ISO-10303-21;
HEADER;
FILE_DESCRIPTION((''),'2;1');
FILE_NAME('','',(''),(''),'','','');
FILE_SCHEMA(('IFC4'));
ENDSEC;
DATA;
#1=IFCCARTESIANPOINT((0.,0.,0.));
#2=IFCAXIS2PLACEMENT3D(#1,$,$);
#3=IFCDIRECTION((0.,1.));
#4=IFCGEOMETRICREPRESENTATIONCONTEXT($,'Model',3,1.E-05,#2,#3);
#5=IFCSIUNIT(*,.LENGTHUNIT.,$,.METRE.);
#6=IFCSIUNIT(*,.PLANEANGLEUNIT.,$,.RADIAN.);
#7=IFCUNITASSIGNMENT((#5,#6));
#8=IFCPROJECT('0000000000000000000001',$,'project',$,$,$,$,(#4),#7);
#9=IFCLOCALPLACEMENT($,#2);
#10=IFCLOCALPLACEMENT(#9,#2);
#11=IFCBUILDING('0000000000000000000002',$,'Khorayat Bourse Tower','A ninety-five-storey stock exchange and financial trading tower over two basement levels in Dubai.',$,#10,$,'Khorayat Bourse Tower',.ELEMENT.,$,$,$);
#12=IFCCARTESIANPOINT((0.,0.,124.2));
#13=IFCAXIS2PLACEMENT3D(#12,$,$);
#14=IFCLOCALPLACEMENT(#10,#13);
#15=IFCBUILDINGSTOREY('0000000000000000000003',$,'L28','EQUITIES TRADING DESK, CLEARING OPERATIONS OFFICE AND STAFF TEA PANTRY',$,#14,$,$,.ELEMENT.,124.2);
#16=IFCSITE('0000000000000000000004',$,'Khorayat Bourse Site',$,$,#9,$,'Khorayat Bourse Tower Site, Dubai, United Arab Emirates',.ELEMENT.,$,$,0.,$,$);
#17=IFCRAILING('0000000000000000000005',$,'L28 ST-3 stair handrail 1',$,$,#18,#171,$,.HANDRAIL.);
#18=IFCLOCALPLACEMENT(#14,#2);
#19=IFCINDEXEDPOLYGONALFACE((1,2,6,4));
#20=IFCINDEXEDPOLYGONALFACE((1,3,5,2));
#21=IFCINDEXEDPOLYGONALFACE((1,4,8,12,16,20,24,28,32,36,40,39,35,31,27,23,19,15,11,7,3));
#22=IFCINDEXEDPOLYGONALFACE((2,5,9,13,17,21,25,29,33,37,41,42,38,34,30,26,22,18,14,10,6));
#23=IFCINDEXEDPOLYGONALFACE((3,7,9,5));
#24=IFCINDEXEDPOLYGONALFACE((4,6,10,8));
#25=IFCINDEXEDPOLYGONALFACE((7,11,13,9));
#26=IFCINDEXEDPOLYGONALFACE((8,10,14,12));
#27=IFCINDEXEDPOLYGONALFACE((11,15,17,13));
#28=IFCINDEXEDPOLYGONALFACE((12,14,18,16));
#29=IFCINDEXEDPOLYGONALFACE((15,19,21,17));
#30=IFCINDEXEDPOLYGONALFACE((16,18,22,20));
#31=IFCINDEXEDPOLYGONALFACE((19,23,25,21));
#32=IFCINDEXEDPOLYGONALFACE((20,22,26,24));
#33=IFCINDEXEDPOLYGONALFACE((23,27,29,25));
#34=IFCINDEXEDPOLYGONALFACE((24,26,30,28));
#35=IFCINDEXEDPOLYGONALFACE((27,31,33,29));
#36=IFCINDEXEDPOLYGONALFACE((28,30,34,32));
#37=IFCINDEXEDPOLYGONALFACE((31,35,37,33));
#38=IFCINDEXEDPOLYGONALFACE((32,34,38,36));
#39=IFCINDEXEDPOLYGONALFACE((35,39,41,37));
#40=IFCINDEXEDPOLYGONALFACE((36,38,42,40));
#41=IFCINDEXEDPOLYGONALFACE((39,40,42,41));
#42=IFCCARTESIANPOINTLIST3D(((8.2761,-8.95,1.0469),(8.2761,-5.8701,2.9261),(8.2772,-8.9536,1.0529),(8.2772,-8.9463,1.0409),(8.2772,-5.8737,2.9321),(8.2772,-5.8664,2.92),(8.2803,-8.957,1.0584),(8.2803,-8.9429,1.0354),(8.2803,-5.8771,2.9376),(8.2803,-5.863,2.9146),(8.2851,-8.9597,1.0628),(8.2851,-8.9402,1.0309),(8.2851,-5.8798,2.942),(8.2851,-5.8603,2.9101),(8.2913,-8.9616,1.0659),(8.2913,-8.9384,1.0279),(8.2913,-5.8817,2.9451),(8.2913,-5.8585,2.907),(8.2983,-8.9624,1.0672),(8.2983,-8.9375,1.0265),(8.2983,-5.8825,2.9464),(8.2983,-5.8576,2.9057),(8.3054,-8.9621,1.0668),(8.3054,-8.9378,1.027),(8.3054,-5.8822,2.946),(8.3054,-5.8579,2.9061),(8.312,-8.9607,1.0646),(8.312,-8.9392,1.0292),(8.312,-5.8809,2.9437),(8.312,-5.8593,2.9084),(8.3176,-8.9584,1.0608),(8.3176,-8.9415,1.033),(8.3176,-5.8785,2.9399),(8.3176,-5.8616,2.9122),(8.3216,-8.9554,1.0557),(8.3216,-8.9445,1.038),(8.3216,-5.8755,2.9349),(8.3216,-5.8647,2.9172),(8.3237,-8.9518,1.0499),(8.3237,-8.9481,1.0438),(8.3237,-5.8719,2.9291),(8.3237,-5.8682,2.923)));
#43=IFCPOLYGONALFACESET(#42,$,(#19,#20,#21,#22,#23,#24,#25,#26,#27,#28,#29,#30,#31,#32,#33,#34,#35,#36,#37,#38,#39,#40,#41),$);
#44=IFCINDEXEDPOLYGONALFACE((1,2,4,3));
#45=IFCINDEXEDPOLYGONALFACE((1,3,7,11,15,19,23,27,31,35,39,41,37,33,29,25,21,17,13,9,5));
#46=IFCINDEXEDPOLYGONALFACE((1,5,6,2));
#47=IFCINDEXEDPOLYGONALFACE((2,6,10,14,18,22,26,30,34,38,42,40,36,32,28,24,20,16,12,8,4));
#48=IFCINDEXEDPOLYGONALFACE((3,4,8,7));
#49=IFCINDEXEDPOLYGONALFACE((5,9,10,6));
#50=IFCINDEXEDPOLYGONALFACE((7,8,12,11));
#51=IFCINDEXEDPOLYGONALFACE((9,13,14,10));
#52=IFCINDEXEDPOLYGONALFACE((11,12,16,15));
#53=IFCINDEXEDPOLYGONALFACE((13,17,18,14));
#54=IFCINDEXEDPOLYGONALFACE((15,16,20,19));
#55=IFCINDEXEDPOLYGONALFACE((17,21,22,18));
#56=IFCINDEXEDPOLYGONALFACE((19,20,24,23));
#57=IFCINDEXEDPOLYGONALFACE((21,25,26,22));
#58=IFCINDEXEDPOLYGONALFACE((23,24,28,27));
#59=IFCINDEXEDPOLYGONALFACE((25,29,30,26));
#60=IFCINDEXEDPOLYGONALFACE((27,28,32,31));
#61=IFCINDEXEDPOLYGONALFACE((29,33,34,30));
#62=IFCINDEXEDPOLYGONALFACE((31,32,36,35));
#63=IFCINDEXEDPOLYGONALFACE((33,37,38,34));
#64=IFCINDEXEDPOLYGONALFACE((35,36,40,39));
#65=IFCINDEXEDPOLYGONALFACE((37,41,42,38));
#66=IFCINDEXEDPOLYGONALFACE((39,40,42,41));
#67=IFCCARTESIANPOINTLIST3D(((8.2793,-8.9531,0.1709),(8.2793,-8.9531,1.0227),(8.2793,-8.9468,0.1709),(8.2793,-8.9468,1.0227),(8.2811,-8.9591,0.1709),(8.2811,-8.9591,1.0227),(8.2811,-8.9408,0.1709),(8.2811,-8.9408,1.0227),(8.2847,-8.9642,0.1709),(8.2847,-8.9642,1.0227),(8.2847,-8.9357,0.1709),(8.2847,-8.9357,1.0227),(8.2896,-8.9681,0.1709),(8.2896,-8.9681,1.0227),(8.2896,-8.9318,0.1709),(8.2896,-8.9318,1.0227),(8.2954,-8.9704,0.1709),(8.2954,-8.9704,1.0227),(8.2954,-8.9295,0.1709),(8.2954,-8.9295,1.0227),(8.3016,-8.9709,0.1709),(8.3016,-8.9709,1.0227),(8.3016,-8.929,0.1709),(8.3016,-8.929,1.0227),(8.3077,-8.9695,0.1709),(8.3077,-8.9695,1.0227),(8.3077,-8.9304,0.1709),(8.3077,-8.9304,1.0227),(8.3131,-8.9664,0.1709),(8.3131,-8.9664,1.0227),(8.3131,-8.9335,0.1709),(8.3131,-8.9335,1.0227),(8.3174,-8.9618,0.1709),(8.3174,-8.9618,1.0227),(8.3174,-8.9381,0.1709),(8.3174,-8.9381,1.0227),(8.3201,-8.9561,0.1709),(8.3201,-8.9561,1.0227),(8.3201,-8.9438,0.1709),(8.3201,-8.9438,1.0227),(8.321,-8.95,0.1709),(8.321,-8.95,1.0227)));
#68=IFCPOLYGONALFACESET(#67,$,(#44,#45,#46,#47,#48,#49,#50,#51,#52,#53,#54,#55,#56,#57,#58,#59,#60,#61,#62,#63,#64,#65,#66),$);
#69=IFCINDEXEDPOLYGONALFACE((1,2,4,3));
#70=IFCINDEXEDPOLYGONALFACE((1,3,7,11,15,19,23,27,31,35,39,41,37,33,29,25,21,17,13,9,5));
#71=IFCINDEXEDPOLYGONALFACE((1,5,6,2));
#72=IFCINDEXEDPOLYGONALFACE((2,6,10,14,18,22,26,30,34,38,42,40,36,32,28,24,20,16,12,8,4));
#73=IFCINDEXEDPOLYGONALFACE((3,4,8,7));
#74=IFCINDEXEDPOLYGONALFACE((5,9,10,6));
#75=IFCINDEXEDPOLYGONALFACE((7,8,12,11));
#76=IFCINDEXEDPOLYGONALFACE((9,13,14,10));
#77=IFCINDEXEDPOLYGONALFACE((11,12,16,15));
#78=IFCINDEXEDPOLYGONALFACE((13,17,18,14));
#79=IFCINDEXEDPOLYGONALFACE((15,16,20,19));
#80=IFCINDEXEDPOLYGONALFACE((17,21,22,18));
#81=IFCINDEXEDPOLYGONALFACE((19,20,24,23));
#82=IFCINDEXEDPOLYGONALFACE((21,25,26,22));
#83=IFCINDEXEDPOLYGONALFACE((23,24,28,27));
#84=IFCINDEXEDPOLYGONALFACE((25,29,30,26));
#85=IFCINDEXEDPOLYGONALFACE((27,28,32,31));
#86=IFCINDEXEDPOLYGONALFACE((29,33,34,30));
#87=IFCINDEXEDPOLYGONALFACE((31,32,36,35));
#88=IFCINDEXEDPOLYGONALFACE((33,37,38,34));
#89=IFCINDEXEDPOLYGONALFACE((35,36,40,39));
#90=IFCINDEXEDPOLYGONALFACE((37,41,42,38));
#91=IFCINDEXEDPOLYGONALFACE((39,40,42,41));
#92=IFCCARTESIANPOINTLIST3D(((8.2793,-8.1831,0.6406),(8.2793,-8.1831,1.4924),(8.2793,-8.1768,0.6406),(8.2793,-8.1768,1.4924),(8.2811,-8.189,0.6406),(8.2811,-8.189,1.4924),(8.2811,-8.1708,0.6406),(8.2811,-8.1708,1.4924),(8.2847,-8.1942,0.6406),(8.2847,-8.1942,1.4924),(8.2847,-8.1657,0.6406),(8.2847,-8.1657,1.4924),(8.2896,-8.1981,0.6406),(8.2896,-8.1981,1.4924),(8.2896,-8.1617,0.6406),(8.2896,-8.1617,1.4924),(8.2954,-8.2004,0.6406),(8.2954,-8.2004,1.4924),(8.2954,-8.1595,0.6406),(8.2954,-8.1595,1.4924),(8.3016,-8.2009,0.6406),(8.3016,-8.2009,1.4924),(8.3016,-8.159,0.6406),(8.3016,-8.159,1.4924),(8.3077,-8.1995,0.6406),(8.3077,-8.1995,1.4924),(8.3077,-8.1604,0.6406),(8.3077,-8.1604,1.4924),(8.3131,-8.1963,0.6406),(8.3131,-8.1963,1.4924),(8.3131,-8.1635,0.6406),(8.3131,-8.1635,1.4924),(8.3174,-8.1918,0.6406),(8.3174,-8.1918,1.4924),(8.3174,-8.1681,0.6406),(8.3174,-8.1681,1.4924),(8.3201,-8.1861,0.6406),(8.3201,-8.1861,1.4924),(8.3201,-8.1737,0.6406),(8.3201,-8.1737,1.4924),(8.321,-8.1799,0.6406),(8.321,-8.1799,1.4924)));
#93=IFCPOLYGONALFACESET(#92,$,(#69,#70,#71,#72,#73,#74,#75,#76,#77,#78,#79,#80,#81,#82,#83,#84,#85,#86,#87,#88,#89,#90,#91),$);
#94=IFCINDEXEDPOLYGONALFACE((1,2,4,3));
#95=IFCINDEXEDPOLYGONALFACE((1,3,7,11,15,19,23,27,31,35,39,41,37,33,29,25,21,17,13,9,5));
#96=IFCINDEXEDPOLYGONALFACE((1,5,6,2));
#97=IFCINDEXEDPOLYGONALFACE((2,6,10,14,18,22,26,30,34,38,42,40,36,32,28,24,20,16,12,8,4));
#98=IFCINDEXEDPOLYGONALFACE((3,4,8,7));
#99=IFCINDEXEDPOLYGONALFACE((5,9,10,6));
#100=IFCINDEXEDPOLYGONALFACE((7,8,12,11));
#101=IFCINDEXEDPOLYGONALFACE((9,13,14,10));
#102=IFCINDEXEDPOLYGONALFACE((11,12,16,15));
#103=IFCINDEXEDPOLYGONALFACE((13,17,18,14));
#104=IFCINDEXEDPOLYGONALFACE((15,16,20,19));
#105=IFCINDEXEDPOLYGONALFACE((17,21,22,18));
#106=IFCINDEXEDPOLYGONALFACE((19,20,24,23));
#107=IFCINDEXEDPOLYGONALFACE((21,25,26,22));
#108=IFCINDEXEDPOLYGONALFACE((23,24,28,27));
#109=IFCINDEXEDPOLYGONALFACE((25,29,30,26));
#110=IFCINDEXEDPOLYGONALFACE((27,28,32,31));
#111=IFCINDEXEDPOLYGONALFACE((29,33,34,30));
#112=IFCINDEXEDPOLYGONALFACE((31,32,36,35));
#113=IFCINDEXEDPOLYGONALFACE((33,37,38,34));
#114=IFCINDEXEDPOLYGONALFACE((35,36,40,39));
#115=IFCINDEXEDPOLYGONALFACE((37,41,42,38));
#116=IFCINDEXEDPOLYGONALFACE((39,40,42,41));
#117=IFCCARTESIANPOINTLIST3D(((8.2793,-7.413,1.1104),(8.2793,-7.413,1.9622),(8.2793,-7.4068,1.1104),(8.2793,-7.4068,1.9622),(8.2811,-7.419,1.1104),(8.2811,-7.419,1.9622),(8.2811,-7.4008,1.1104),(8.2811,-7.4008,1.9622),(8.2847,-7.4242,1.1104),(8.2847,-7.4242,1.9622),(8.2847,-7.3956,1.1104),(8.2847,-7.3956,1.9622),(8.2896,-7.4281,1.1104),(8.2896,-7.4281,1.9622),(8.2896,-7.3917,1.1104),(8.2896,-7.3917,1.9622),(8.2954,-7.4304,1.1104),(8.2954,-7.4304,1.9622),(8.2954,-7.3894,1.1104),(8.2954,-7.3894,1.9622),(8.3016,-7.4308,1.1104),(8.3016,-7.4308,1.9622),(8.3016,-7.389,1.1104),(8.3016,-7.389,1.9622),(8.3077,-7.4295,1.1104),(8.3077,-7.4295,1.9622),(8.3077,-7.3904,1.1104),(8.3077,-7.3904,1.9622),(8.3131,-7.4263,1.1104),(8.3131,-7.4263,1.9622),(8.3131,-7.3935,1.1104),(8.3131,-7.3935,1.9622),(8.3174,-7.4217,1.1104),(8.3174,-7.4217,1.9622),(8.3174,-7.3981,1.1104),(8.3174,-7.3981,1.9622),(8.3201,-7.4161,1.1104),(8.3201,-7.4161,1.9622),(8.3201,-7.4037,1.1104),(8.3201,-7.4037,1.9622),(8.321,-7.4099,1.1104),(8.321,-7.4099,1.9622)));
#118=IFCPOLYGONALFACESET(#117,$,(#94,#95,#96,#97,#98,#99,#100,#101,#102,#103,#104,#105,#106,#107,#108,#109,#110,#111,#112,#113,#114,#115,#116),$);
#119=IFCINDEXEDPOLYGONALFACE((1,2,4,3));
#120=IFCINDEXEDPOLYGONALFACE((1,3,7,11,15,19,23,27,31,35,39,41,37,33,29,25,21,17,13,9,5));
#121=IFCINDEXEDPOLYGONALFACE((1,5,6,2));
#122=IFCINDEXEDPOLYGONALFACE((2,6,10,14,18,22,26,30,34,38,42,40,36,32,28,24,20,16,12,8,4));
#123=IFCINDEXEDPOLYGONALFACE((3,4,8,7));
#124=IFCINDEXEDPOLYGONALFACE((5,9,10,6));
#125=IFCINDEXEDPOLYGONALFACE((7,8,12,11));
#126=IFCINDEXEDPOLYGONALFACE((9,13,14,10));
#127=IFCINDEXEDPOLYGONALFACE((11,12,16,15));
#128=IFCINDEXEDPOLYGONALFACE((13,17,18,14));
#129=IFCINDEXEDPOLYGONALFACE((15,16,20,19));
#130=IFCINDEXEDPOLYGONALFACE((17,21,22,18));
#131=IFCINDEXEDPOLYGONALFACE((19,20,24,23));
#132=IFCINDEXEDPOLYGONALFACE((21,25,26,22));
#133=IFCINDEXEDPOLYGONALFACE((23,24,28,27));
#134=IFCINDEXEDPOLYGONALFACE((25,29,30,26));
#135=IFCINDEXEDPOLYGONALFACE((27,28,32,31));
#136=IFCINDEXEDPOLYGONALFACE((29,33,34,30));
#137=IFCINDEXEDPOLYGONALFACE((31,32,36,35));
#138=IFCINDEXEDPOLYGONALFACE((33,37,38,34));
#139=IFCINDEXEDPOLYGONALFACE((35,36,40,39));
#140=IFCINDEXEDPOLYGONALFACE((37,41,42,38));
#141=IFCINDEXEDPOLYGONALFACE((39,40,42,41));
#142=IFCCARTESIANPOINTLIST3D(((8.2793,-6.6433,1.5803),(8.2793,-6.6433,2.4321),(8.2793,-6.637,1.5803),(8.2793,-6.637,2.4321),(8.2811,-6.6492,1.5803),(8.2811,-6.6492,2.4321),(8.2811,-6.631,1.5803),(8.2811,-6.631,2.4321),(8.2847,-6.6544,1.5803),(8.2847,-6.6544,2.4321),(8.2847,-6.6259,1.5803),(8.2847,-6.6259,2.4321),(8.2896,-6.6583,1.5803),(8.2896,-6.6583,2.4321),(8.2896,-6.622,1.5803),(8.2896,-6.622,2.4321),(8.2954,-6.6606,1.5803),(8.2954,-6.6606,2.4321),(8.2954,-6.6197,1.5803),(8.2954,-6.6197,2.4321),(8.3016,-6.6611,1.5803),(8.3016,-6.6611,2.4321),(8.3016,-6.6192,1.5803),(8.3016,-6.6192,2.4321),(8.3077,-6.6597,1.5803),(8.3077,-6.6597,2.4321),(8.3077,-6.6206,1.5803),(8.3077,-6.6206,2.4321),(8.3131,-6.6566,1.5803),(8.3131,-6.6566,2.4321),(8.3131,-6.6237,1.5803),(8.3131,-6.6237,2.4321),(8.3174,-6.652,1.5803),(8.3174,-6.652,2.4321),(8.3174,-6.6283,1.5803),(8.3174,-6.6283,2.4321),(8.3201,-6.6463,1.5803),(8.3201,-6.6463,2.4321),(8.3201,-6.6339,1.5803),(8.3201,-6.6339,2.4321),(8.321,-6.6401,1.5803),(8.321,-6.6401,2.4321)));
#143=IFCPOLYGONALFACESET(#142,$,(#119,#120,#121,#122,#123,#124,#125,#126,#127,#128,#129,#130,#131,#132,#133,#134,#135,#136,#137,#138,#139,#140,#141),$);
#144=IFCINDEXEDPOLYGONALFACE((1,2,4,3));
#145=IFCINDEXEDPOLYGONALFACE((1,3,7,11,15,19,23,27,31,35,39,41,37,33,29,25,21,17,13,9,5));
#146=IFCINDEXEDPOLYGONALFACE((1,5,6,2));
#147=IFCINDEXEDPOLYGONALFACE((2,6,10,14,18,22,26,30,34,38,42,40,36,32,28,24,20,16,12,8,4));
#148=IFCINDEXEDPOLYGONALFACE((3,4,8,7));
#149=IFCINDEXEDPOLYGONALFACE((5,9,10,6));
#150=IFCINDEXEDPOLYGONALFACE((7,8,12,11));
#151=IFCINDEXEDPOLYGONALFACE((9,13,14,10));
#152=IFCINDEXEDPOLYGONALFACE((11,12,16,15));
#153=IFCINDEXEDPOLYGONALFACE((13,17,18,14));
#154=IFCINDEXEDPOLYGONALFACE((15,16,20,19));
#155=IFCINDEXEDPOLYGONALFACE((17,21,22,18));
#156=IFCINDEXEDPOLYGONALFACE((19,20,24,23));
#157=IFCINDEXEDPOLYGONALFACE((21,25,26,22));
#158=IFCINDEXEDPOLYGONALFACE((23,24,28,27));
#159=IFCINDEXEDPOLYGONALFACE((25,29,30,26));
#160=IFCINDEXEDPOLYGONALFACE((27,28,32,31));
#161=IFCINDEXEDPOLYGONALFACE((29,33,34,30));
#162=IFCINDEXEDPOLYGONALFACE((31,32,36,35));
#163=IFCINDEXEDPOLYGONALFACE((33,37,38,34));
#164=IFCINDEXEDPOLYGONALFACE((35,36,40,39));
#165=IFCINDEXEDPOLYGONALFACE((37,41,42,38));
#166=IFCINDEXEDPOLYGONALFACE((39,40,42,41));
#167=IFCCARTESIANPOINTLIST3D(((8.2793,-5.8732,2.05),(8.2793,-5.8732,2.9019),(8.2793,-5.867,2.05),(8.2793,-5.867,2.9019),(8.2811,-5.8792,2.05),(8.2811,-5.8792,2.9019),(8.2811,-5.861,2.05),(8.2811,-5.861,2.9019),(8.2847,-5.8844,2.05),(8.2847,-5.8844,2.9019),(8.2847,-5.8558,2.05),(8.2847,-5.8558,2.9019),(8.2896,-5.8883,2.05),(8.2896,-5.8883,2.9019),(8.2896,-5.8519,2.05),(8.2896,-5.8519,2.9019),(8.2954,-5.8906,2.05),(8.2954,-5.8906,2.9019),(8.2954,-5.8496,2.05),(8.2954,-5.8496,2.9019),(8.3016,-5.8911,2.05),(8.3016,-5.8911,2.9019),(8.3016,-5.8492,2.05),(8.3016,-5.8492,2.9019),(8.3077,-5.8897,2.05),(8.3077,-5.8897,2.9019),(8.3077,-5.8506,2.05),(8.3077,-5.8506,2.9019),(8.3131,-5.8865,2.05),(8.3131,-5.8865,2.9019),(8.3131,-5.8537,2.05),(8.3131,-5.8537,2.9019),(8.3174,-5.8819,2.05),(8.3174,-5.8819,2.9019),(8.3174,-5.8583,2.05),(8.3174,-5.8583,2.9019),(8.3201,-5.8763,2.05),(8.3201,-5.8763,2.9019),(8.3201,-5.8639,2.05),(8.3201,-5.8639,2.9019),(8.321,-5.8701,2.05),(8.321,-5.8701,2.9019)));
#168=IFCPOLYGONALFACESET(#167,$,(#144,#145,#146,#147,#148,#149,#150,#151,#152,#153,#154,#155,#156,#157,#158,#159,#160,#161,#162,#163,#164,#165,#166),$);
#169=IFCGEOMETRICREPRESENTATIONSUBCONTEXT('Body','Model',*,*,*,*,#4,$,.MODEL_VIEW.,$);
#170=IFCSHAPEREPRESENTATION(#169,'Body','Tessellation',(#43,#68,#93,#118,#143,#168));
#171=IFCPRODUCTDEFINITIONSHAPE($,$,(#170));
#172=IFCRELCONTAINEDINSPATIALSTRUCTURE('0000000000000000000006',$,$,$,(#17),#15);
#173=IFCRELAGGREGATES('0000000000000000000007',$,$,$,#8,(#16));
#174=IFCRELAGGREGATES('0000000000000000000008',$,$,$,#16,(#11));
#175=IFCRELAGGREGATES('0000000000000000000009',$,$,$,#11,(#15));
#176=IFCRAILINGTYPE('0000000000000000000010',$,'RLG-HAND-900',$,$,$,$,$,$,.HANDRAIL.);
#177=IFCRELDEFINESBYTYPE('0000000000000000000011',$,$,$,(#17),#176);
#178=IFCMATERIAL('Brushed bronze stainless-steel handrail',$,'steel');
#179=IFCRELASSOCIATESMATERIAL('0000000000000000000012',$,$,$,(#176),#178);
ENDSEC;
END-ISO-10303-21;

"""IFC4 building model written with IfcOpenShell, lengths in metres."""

from ifc_helpers import new_model, si_unit, direction, frame, origin, origin_2d, place, context, subcontext, project, spatial, circle, extrude, source, transform, mapped, material, type_object, element, save


model = new_model("IFC4")

# Units and contexts
model_context = context("Model", 3, precision=1e-05, world=origin(), true_north=direction((0.0, 1.0)))
body_context = subcontext(model_context, "Body", "Model", "MODEL_VIEW")
ifc_project = project(units=[si_unit("LENGTHUNIT", "METRE"), si_unit("PLANEANGLEUNIT", "RADIAN")], contexts=[model_context])

# Site, building, storey
site_placement = place(None, origin())
site = spatial("IfcSite", under=ifc_project, at=site_placement, Name="Khorayat Bourse Site", LongName="Khorayat Bourse Tower Site, Dubai, United Arab Emirates", CompositionType="ELEMENT", RefElevation=0.0)
building_placement = place(site_placement, origin())
building = spatial("IfcBuilding", under=site, at=building_placement, Name="Khorayat Bourse Tower", Description="A ninety-five-storey stock exchange and financial trading tower over two basement levels in Dubai.", LongName="Khorayat Bourse Tower", CompositionType="ELEMENT")
storey_placement = place(building_placement, frame((0.0, 0.0, 124.2)))
storey = spatial("IfcBuildingStorey", under=building, at=storey_placement, Name="L28", Description="EQUITIES TRADING DESK, CLEARING OPERATIONS OFFICE AND STAFF TEA PANTRY", CompositionType="ELEMENT", Elevation=124.2)

# Railing
ifc_material_1 = material(Name="Brushed bronze stainless-steel handrail", Category="steel")
railing_type_1 = type_object("IfcRailingType", Name="RLG-HAND-900", PredefinedType="HANDRAIL", material=ifc_material_1)
shared_shape_1 = source(origin(), body_context, "Body", "SweptSolid", [
    extrude(circle(Radius=0.0239, at=origin_2d()), frame((0.0, 0.0, 0.876), z_axis=(0.0, 0.853648, 0.52085), x_axis=(-1.0, 0.0, 0.0)), (0.0, 0.0, 1.0), 3.6079),
    extrude(circle(Radius=0.021, at=origin_2d()), origin(), (0.0, 0.0, 1.0), 0.8518),
    extrude(circle(Radius=0.021, at=origin_2d()), frame((0.0, 0.77, 0.4697)), (0.0, 0.0, 1.0), 0.8518),
    extrude(circle(Radius=0.021, at=origin_2d()), frame((0.0, 1.54, 0.9395)), (0.0, 0.0, 1.0), 0.8518),
    extrude(circle(Radius=0.021, at=origin_2d()), frame((0.0, 2.3098, 1.4094)), (0.0, 0.0, 1.0), 0.8518),
    extrude(circle(Radius=0.021, at=origin_2d()), frame((0.0, 3.0798, 1.8792)), (0.0, 0.0, 1.0), 0.8518),
])
railing_1_placement = place(storey_placement, frame((8.3, -8.95, 0.1709)))
element("IfcRailing", 1, at=railing_1_placement, inside=storey, type_object=railing_type_1, Name="L28 ST-3 stair handrail 1", PredefinedType="HANDRAIL", context=body_context, shape_type="MappedRepresentation", body=[
    mapped(shared_shape_1, transform((0.0, 0.0, 0.0), scale=1.0)),
])

save(model, "model.ifc")
